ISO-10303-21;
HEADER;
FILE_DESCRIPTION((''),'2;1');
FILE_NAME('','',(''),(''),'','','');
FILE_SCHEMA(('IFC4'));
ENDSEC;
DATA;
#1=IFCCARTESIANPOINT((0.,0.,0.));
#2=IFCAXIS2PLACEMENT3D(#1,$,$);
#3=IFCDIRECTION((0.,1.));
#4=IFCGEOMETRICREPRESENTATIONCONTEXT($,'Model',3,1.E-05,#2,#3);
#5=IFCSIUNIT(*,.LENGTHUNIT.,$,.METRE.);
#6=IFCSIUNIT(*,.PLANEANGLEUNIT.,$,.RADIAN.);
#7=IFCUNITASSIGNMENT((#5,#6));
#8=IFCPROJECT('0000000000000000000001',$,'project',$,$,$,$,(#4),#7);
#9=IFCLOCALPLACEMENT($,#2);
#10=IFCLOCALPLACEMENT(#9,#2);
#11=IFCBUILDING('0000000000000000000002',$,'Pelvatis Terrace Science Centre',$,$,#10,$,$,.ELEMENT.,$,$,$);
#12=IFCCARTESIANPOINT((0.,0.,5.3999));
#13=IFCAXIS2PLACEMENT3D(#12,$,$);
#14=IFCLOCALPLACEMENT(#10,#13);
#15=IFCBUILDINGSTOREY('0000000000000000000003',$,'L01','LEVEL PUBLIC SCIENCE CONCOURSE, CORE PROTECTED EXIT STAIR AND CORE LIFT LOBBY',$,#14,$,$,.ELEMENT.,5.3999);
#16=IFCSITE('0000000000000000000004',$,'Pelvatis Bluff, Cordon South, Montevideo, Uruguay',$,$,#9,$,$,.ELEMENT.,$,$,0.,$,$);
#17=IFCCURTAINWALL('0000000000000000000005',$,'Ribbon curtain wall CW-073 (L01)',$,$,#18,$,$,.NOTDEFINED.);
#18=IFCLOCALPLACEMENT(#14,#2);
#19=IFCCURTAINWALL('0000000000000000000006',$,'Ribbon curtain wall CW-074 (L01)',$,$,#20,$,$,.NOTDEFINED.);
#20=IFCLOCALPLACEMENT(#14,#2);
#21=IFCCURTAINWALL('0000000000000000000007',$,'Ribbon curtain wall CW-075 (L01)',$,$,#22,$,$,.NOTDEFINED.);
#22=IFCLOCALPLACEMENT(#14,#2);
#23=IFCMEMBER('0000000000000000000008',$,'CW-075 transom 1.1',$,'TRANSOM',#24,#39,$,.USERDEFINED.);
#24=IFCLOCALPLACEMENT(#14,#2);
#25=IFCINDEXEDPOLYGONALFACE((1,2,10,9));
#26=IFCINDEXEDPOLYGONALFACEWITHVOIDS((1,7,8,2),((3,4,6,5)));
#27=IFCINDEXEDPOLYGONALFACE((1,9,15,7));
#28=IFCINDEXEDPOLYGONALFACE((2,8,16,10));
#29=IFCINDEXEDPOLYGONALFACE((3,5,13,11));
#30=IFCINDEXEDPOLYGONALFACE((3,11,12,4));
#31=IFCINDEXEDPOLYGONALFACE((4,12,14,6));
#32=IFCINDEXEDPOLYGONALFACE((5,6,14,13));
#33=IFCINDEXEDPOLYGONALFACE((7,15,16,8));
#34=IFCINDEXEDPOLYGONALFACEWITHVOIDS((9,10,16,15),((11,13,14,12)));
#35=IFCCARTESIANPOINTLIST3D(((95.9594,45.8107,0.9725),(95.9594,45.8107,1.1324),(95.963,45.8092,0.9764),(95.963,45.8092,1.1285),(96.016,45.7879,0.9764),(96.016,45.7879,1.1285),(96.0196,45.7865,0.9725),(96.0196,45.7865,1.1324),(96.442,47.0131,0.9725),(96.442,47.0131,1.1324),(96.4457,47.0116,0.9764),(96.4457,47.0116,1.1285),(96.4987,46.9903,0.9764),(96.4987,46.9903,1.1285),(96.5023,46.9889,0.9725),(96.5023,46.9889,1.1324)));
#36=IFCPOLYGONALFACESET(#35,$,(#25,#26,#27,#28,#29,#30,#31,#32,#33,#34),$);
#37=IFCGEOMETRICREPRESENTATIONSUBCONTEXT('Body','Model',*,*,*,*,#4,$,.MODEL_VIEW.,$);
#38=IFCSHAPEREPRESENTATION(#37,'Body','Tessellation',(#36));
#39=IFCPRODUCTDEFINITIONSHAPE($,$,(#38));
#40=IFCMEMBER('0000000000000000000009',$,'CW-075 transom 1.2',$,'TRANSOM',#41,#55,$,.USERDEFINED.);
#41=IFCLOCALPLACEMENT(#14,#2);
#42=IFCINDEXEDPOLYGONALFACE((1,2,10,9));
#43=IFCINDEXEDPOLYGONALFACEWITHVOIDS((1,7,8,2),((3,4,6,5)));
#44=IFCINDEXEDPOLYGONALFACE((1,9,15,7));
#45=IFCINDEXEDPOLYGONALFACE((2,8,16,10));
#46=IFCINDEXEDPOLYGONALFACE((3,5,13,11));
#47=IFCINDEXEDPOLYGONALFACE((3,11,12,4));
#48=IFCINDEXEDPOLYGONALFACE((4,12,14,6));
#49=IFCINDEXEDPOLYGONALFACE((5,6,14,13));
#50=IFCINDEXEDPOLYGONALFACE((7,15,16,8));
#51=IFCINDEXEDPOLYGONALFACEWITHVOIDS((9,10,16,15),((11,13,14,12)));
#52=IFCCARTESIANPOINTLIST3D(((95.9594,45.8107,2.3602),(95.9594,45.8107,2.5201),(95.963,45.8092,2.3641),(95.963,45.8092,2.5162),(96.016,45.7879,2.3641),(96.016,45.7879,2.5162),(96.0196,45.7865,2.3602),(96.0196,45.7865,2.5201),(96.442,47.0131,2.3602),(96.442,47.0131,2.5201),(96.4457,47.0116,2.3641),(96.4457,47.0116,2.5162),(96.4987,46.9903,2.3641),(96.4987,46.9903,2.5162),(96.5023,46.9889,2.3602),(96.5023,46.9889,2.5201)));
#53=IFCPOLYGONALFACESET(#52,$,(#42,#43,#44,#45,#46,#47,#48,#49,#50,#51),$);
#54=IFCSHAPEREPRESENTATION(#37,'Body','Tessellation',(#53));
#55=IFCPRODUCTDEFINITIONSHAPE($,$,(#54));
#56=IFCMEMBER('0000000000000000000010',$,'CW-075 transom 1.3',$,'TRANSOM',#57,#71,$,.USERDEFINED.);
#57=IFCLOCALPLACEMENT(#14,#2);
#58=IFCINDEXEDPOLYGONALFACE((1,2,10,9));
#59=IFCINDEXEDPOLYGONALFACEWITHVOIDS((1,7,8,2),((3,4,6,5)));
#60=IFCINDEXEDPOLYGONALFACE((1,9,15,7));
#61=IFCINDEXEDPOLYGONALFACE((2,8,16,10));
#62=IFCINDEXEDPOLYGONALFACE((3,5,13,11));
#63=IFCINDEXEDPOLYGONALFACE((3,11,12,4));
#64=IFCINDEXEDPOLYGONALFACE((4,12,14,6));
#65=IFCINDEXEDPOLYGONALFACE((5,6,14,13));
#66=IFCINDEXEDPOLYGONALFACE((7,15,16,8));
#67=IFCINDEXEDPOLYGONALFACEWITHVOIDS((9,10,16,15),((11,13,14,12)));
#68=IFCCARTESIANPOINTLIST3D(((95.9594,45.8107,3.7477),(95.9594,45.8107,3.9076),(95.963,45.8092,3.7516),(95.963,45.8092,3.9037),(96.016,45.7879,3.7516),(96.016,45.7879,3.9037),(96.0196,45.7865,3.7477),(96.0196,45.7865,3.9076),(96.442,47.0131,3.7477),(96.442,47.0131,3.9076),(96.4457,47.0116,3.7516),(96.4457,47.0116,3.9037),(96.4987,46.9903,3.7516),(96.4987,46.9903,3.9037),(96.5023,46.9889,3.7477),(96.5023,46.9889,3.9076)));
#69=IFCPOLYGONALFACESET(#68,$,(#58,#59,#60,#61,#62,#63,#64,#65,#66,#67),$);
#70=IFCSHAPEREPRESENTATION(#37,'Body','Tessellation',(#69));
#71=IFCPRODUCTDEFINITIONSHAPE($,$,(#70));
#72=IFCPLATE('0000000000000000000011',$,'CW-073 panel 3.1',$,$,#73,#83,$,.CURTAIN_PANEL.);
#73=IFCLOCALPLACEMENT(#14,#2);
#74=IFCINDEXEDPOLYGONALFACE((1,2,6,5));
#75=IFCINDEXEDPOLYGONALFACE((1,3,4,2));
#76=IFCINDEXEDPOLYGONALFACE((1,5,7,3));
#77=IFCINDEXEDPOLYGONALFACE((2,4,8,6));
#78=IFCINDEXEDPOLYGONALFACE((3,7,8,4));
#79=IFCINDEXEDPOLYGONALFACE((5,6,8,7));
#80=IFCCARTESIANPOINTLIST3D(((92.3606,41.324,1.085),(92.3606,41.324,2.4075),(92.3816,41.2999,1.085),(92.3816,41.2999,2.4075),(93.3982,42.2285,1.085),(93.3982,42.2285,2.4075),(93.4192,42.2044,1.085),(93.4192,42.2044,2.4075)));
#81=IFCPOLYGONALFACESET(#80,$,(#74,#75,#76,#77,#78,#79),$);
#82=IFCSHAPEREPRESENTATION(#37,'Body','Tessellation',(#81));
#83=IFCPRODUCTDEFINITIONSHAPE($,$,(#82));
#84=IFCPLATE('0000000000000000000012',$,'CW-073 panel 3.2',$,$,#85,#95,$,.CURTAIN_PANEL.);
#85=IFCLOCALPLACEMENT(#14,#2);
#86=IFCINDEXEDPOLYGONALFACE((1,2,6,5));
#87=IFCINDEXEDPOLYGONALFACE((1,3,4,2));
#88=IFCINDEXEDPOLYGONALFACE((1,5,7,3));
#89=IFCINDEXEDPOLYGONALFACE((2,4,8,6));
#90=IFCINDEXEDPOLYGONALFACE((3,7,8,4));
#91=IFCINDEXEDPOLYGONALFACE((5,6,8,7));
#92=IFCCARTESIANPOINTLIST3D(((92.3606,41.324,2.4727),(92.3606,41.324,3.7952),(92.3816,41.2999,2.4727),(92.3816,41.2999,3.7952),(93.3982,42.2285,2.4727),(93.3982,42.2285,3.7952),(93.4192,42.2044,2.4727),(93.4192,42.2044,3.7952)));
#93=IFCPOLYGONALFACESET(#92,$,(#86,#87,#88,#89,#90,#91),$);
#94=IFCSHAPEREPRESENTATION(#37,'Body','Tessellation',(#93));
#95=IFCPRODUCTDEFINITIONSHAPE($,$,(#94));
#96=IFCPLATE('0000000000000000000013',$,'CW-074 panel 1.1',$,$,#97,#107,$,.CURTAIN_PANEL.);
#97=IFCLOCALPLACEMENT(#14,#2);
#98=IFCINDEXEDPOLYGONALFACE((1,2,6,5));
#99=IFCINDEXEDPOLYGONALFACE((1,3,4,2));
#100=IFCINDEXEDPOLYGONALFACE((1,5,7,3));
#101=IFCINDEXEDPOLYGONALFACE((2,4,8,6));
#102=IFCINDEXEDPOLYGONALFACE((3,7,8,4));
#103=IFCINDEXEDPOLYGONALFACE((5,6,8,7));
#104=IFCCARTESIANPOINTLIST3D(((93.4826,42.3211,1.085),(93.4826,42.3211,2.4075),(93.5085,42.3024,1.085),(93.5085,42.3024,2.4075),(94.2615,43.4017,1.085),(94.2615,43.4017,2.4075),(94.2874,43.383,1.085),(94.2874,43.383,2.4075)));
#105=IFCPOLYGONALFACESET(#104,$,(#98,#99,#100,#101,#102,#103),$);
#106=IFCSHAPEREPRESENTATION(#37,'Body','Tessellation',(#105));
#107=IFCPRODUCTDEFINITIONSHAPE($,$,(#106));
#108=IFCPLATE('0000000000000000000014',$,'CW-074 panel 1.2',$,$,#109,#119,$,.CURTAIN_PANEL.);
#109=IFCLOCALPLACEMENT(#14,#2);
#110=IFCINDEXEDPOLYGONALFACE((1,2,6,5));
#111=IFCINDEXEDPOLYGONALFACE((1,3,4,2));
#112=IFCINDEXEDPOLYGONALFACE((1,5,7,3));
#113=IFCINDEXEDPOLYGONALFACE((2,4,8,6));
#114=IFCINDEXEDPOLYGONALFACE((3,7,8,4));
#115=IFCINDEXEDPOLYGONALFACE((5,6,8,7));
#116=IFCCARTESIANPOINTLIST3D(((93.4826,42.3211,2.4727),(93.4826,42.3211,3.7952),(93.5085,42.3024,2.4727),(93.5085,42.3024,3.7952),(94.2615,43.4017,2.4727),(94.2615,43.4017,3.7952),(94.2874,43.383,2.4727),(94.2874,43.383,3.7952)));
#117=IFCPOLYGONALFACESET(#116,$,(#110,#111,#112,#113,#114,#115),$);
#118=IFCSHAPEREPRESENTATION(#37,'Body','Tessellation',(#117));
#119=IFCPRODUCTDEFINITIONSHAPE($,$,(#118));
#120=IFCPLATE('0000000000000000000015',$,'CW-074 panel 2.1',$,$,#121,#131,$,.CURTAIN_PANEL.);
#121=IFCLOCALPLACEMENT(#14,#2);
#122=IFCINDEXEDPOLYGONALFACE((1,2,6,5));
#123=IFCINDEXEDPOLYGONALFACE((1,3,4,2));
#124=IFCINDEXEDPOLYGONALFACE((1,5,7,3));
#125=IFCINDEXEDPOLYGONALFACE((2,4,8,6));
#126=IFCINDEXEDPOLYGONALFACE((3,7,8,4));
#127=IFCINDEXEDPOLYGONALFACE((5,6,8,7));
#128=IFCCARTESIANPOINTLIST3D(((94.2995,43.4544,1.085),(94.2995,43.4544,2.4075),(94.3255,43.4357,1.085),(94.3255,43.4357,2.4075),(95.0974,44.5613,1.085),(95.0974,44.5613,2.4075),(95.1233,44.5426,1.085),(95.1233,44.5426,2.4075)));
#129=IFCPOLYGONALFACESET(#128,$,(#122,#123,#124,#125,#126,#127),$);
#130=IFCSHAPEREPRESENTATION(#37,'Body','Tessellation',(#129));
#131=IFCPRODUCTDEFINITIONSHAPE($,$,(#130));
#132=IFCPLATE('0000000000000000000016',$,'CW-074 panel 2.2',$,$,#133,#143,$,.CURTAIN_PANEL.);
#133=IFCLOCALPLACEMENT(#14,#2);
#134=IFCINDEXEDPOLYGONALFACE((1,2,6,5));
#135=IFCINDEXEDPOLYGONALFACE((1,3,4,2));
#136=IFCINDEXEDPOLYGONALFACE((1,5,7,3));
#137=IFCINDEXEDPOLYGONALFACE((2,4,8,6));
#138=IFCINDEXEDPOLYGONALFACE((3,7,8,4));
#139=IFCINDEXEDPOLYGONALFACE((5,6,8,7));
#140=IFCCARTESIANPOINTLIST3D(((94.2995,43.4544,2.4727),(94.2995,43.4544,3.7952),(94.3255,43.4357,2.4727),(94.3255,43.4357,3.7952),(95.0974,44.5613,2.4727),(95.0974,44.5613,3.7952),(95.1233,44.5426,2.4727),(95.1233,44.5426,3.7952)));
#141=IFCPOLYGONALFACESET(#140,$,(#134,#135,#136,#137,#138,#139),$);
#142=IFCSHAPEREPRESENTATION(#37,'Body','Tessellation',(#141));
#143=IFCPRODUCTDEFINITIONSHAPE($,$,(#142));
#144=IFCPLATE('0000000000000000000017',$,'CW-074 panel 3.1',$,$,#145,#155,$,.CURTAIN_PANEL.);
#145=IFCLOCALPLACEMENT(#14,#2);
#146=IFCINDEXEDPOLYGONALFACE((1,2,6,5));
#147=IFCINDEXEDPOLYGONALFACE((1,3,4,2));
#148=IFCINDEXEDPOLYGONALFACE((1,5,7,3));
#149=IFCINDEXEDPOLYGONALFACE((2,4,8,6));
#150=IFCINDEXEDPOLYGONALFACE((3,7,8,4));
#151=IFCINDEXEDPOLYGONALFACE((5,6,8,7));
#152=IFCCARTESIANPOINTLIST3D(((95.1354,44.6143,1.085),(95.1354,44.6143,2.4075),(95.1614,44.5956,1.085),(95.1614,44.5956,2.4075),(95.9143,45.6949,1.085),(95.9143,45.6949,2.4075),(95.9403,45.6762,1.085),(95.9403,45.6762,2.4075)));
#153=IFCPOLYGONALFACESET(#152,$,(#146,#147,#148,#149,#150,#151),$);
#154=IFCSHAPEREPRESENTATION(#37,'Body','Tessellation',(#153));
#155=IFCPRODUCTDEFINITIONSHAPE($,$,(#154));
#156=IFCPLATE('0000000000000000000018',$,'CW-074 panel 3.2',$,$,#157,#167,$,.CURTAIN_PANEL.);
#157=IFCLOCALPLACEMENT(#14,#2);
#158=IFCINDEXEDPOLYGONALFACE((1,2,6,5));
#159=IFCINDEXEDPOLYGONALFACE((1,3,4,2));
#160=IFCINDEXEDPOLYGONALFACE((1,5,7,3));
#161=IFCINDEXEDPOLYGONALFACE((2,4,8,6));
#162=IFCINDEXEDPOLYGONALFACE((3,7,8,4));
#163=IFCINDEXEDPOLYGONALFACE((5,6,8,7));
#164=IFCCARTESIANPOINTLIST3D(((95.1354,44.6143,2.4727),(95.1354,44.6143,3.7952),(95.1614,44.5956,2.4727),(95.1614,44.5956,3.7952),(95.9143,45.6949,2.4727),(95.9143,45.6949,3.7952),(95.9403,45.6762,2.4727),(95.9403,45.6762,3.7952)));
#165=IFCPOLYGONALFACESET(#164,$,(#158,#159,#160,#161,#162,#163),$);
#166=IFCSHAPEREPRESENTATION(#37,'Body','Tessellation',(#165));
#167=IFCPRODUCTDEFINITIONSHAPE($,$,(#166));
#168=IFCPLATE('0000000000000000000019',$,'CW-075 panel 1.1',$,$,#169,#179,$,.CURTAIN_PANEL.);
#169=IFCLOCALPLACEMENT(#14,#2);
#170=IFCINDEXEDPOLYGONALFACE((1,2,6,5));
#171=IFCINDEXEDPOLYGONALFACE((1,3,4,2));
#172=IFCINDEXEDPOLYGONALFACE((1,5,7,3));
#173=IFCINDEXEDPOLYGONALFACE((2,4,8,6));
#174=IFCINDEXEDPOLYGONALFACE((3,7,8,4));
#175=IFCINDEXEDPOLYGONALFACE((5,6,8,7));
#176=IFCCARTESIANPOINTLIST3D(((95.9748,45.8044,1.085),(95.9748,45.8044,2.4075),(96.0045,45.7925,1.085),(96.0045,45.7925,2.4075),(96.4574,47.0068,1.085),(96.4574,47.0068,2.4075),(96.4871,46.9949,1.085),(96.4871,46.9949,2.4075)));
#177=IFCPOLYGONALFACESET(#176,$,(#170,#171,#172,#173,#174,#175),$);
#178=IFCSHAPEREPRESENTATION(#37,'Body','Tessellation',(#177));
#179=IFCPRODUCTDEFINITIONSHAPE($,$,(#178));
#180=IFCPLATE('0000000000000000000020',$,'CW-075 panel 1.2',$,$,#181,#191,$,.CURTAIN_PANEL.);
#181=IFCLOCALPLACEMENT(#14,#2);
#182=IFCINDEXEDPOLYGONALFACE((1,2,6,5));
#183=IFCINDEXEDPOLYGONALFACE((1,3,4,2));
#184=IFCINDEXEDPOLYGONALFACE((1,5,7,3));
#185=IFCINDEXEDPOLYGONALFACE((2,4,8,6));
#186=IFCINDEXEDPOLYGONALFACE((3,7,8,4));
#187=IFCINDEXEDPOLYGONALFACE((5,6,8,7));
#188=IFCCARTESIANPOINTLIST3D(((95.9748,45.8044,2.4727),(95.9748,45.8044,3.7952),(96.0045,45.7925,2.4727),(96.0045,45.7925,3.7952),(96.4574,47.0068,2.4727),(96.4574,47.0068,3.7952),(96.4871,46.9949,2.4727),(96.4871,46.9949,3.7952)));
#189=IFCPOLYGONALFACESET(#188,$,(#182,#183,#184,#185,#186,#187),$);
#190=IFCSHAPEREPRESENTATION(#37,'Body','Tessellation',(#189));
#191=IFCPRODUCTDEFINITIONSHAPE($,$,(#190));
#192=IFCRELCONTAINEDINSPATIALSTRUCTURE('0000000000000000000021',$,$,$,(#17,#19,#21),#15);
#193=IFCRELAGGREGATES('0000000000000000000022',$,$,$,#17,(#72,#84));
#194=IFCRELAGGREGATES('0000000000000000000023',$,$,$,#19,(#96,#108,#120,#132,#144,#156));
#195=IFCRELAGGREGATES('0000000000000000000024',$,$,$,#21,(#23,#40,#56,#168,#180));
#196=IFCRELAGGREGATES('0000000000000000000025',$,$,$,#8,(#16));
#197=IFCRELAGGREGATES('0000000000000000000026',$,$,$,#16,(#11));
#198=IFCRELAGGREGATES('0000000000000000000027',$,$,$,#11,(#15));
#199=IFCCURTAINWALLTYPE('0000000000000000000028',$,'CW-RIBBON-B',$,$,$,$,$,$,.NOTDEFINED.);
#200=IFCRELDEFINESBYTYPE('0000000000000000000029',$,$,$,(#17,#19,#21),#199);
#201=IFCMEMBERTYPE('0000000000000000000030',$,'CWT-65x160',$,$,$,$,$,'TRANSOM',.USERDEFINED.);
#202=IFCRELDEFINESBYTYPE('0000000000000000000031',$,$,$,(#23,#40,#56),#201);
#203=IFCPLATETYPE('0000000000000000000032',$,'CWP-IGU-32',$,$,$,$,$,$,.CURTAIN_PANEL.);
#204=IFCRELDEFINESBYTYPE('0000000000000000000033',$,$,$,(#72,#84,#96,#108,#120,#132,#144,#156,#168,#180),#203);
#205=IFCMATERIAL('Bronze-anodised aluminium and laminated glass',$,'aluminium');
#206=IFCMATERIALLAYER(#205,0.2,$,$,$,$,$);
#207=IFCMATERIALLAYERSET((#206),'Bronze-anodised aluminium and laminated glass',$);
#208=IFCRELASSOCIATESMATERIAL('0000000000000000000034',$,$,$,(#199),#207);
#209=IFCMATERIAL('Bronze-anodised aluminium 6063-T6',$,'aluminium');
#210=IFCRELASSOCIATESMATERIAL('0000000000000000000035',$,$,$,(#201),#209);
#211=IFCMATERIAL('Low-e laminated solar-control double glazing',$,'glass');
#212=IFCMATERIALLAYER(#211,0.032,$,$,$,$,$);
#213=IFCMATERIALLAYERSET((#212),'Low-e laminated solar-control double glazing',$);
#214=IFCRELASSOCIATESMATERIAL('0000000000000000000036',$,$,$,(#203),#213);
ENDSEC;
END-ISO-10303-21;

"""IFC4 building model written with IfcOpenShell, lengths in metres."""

from ifc_helpers import new_model, si_unit, direction, frame, origin, origin_2d, place, context, subcontext, project, spatial, rectangle, hollow_rectangle, extrude, material, layer, layer_set, material_profile, profile_set, type_object, element, aggregate, save


model = new_model("IFC4")

# Units and contexts
model_context = context("Model", 3, precision=1e-05, world=origin(), true_north=direction((0.0, 1.0)))
body_context = subcontext(model_context, "Body", "Model", "MODEL_VIEW")
ifc_project = project(units=[si_unit("LENGTHUNIT", "METRE"), si_unit("PLANEANGLEUNIT", "RADIAN")], contexts=[model_context])

# Site, building, storey
site_placement = place(None, origin())
site = spatial("IfcSite", under=ifc_project, at=site_placement, Name="Pelvatis Bluff, Cordon South, Montevideo, Uruguay", CompositionType="ELEMENT", RefElevation=0.0)
building_placement = place(site_placement, origin())
building = spatial("IfcBuilding", under=site, at=building_placement, Name="Pelvatis Terrace Science Centre", CompositionType="ELEMENT")
storey_placement = place(building_placement, frame((0.0, 0.0, 5.3999)))
storey = spatial("IfcBuildingStorey", under=building, at=storey_placement, Name="L01", Description="LEVEL PUBLIC SCIENCE CONCOURSE, CORE PROTECTED EXIT STAIR AND CORE LIFT LOBBY", CompositionType="ELEMENT", Elevation=5.3999)

# Curtain wall
ifc_material_1 = material(Name="Bronze-anodised aluminium and laminated glass", Category="aluminium")
ifc_layer_1 = layer(ifc_material_1, 0.2)
ifc_layer_set_1 = layer_set([ifc_layer_1], Name="Bronze-anodised aluminium and laminated glass")
curtain_wall_type = type_object("IfcCurtainWallType", Name="CW-RIBBON-B", PredefinedType="NOTDEFINED", material=ifc_layer_set_1)
curtain_wall_1_placement = place(storey_placement, origin())
curtain_wall_1 = element("IfcCurtainWall", 1, at=curtain_wall_1_placement, inside=storey, type_object=curtain_wall_type, Name="Ribbon curtain wall CW-073 (L01)", PredefinedType="NOTDEFINED")

# Curtain wall
curtain_wall_2_placement = place(storey_placement, origin())
curtain_wall_2 = element("IfcCurtainWall", 2, at=curtain_wall_2_placement, inside=storey, type_object=curtain_wall_type, Name="Ribbon curtain wall CW-074 (L01)", PredefinedType="NOTDEFINED")

# Curtain wall
curtain_wall_3_placement = place(storey_placement, origin())
curtain_wall_3 = element("IfcCurtainWall", 3, at=curtain_wall_3_placement, inside=storey, type_object=curtain_wall_type, Name="Ribbon curtain wall CW-075 (L01)", PredefinedType="NOTDEFINED")

# Members
ifc_material_2 = material(Name="Bronze-anodised aluminium 6063-T6", Category="aluminium")
ifc_material_profile_1 = material_profile(ifc_material_2, hollow_rectangle(XDim=0.0649, YDim=0.1599, WallThickness=0.0039, at=origin_2d()), Name="ALU-TRN 65x160")
ifc_profile_set_1 = profile_set([ifc_material_profile_1], Name="Bronze-anodised aluminium 6063-T6")
member_type_1 = type_object("IfcMemberType", Name="CWT-65x160", ElementType="TRANSOM", PredefinedType="USERDEFINED", material=ifc_profile_set_1)
member_1_placement = place(storey_placement, frame((95.9895, 45.7986, 1.0525), z_axis=(0.372527, 0.928021, 0.0), x_axis=(-0.928021, 0.372527, 0.0)))
member_1 = element("IfcMember", 4, at=member_1_placement, type_object=member_type_1, Name="CW-075 transom 1.1", ObjectType="TRANSOM", PredefinedType="USERDEFINED", context=body_context, shape_type="SweptSolid", body=[
    extrude(hollow_rectangle(XDim=0.0649, YDim=0.1599, WallThickness=0.0039, at=origin_2d()), origin(), (0.0, 0.0, 1.0), 1.2957),
])
member_2_placement = place(storey_placement, frame((95.9895, 45.7986, 2.4402), z_axis=(0.372527, 0.928021, 0.0), x_axis=(-0.928021, 0.372527, 0.0)))
member_2 = element("IfcMember", 5, at=member_2_placement, type_object=member_type_1, Name="CW-075 transom 1.2", ObjectType="TRANSOM", PredefinedType="USERDEFINED", context=body_context, shape_type="SweptSolid", body=[
    extrude(hollow_rectangle(XDim=0.0649, YDim=0.1599, WallThickness=0.0039, at=origin_2d()), origin(), (0.0, 0.0, 1.0), 1.2957),
])
member_3_placement = place(storey_placement, frame((95.9895, 45.7986, 3.8276), z_axis=(0.372527, 0.928021, 0.0), x_axis=(-0.928021, 0.372527, 0.0)))
member_3 = element("IfcMember", 6, at=member_3_placement, type_object=member_type_1, Name="CW-075 transom 1.3", ObjectType="TRANSOM", PredefinedType="USERDEFINED", context=body_context, shape_type="SweptSolid", body=[
    extrude(hollow_rectangle(XDim=0.0649, YDim=0.1599, WallThickness=0.0039, at=origin_2d()), origin(), (0.0, 0.0, 1.0), 1.2957),
])

# Plates
ifc_material_3 = material(Name="Low-e laminated solar-control double glazing", Category="glass")
ifc_layer_2 = layer(ifc_material_3, 0.032)
ifc_layer_set_2 = layer_set([ifc_layer_2], Name="Low-e laminated solar-control double glazing")
plate_type = type_object("IfcPlateType", Name="CWP-IGU-32", PredefinedType="CURTAIN_PANEL", material=ifc_layer_set_2)
plate_1_placement = place(storey_placement, frame((92.8899, 41.7642, 1.085), z_axis=(0.0, 0.0, 1.0), x_axis=(0.753793, 0.657112, 0.0)))
plate_1 = element("IfcPlate", 7, at=plate_1_placement, type_object=plate_type, Name="CW-073 panel 3.1", PredefinedType="CURTAIN_PANEL", context=body_context, shape_type="SweptSolid", body=[
    extrude(rectangle(XDim=1.3765, YDim=0.032, at=origin_2d()), origin(), (0.0, 0.0, 1.0), 1.3225),
])
plate_2_placement = place(storey_placement, frame((92.8899, 41.7642, 2.4727), z_axis=(0.0, 0.0, 1.0), x_axis=(0.753793, 0.657112, 0.0)))
plate_2 = element("IfcPlate", 8, at=plate_2_placement, type_object=plate_type, Name="CW-073 panel 3.2", PredefinedType="CURTAIN_PANEL", context=body_context, shape_type="SweptSolid", body=[
    extrude(rectangle(XDim=1.3765, YDim=0.032, at=origin_2d()), origin(), (0.0, 0.0, 1.0), 1.3225),
])
aggregate(curtain_wall_1, [plate_1, plate_2])
plate_3_placement = place(storey_placement, frame((93.885, 42.8521, 1.085), z_axis=(0.0, 0.0, 1.0), x_axis=(0.584731, 0.811227, 0.0)))
plate_3 = element("IfcPlate", 9, at=plate_3_placement, type_object=plate_type, Name="CW-074 panel 1.1", PredefinedType="CURTAIN_PANEL", context=body_context, shape_type="SweptSolid", body=[
    extrude(rectangle(XDim=1.332, YDim=0.032, at=origin_2d()), origin(), (0.0, 0.0, 1.0), 1.3225),
])
plate_4_placement = place(storey_placement, frame((93.885, 42.8521, 2.4727), z_axis=(0.0, 0.0, 1.0), x_axis=(0.584731, 0.811227, 0.0)))
plate_4 = element("IfcPlate", 10, at=plate_4_placement, type_object=plate_type, Name="CW-074 panel 1.2", PredefinedType="CURTAIN_PANEL", context=body_context, shape_type="SweptSolid", body=[
    extrude(rectangle(XDim=1.332, YDim=0.032, at=origin_2d()), origin(), (0.0, 0.0, 1.0), 1.3225),
])
plate_5_placement = place(storey_placement, frame((94.7114, 43.9985, 1.085), z_axis=(0.0, 0.0, 1.0), x_axis=(0.584731, 0.811227, 0.0)))
plate_5 = element("IfcPlate", 11, at=plate_5_placement, type_object=plate_type, Name="CW-074 panel 2.1", PredefinedType="CURTAIN_PANEL", context=body_context, shape_type="SweptSolid", body=[
    extrude(rectangle(XDim=1.3645, YDim=0.032, at=origin_2d()), origin(), (0.0, 0.0, 1.0), 1.3225),
])
plate_6_placement = place(storey_placement, frame((94.7114, 43.9985, 2.4727), z_axis=(0.0, 0.0, 1.0), x_axis=(0.584731, 0.811227, 0.0)))
plate_6 = element("IfcPlate", 12, at=plate_6_placement, type_object=plate_type, Name="CW-074 panel 2.2", PredefinedType="CURTAIN_PANEL", context=body_context, shape_type="SweptSolid", body=[
    extrude(rectangle(XDim=1.3645, YDim=0.032, at=origin_2d()), origin(), (0.0, 0.0, 1.0), 1.3225),
])
plate_7_placement = place(storey_placement, frame((95.5378, 45.1453, 1.085), z_axis=(0.0, 0.0, 1.0), x_axis=(0.584731, 0.811227, 0.0)))
plate_7 = element("IfcPlate", 13, at=plate_7_placement, type_object=plate_type, Name="CW-074 panel 3.1", PredefinedType="CURTAIN_PANEL", context=body_context, shape_type="SweptSolid", body=[
    extrude(rectangle(XDim=1.332, YDim=0.032, at=origin_2d()), origin(), (0.0, 0.0, 1.0), 1.3225),
])
plate_8_placement = place(storey_placement, frame((95.5378, 45.1453, 2.4727), z_axis=(0.0, 0.0, 1.0), x_axis=(0.584731, 0.811227, 0.0)))
plate_8 = element("IfcPlate", 14, at=plate_8_placement, type_object=plate_type, Name="CW-074 panel 3.2", PredefinedType="CURTAIN_PANEL", context=body_context, shape_type="SweptSolid", body=[
    extrude(rectangle(XDim=1.332, YDim=0.032, at=origin_2d()), origin(), (0.0, 0.0, 1.0), 1.3225),
])
aggregate(curtain_wall_2, [plate_3, plate_4, plate_5, plate_6, plate_7, plate_8])
plate_9_placement = place(storey_placement, frame((96.231, 46.3997, 1.085), z_axis=(0.0, 0.0, 1.0), x_axis=(0.372504, 0.92803, 0.0)))
plate_9 = element("IfcPlate", 15, at=plate_9_placement, type_object=plate_type, Name="CW-075 panel 1.1", PredefinedType="CURTAIN_PANEL", context=body_context, shape_type="SweptSolid", body=[
    extrude(rectangle(XDim=1.2957, YDim=0.032, at=origin_2d()), origin(), (0.0, 0.0, 1.0), 1.3225),
])
plate_10_placement = place(storey_placement, frame((96.231, 46.3997, 2.4727), z_axis=(0.0, 0.0, 1.0), x_axis=(0.372504, 0.92803, 0.0)))
plate_10 = element("IfcPlate", 16, at=plate_10_placement, type_object=plate_type, Name="CW-075 panel 1.2", PredefinedType="CURTAIN_PANEL", context=body_context, shape_type="SweptSolid", body=[
    extrude(rectangle(XDim=1.2957, YDim=0.032, at=origin_2d()), origin(), (0.0, 0.0, 1.0), 1.3225),
])
aggregate(curtain_wall_3, [member_1, member_2, member_3, plate_9, plate_10])

save(model, "model.ifc")
